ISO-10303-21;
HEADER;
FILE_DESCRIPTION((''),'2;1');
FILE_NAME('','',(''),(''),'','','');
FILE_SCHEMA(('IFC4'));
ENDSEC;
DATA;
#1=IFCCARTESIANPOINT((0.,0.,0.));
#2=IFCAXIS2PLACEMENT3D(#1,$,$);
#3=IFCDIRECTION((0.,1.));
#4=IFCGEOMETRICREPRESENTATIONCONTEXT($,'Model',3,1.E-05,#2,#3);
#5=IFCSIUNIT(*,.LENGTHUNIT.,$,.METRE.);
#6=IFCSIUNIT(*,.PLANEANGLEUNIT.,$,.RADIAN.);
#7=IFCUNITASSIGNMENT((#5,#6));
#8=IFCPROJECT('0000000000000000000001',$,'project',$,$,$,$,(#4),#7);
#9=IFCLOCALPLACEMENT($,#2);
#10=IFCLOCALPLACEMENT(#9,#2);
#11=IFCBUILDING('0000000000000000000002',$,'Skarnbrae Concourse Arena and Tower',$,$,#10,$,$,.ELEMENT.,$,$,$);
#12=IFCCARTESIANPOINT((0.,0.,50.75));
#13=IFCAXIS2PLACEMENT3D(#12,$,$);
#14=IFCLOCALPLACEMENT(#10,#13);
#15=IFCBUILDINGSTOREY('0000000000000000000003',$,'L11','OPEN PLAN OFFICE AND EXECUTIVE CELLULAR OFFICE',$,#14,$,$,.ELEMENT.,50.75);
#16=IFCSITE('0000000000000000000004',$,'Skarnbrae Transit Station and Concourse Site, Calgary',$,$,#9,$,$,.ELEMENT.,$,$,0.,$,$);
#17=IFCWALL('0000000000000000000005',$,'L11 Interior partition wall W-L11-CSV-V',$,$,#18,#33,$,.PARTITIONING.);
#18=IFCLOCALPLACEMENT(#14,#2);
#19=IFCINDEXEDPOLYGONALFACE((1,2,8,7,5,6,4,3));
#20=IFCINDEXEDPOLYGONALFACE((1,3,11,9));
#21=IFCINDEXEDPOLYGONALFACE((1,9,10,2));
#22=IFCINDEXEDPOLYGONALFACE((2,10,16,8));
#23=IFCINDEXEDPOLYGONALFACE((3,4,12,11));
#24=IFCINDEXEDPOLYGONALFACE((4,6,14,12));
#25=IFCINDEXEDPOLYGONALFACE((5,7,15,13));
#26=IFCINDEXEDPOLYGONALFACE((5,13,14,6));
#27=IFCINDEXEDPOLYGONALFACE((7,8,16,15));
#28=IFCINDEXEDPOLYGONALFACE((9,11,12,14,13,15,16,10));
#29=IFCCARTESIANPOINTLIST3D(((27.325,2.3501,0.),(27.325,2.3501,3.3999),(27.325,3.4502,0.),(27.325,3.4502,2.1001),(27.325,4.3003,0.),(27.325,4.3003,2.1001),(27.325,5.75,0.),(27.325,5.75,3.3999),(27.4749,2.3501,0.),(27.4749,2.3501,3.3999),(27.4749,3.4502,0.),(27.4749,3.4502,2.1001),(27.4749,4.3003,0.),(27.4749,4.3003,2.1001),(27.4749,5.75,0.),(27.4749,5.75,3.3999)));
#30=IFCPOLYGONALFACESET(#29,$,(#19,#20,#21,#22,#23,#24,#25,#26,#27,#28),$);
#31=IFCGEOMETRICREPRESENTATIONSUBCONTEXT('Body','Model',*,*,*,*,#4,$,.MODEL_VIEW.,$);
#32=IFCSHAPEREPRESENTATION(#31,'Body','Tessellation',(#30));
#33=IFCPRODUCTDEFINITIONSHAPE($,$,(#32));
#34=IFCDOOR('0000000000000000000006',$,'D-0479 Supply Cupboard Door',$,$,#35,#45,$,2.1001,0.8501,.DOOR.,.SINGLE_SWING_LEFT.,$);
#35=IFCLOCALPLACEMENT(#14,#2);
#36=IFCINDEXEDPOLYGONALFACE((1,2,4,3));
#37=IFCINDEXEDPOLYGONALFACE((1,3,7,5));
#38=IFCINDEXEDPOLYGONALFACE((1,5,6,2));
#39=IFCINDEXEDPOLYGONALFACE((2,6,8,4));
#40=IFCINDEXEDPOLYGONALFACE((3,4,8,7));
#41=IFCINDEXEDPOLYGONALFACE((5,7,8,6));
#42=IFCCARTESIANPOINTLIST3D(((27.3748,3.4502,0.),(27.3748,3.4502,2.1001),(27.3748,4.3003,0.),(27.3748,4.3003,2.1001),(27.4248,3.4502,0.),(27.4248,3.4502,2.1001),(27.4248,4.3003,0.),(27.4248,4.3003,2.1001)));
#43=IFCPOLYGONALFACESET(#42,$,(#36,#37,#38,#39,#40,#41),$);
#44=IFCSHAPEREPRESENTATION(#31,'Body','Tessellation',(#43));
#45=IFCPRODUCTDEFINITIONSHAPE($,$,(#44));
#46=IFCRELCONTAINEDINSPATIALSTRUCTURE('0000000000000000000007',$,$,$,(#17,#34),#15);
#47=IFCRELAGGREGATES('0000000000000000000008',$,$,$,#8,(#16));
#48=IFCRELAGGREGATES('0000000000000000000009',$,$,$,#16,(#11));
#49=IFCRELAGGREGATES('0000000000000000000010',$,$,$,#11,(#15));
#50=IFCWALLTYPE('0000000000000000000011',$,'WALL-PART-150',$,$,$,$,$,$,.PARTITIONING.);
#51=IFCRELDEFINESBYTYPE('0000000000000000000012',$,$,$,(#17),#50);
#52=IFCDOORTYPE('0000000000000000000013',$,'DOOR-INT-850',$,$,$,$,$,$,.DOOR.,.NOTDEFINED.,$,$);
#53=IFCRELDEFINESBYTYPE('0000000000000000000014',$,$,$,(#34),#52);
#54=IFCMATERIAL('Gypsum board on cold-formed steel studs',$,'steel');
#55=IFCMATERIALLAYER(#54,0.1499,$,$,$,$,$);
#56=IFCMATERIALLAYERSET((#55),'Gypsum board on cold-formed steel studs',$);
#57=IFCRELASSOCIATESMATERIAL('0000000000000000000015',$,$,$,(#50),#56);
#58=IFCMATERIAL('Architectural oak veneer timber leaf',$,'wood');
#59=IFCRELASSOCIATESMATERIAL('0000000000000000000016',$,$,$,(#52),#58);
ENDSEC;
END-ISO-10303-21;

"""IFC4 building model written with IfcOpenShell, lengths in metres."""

from ifc_helpers import new_model, si_unit, direction, frame, frame_2d, origin, place, context, subcontext, project, spatial, rectangle, extrude, source, transform, mapped, material, layer, layer_set, type_object, element, fill, save


model = new_model("IFC4")

# Units and contexts
model_context = context("Model", 3, precision=1e-05, world=origin(), true_north=direction((0.0, 1.0)))
body_context = subcontext(model_context, "Body", "Model", "MODEL_VIEW")
ifc_project = project(units=[si_unit("LENGTHUNIT", "METRE"), si_unit("PLANEANGLEUNIT", "RADIAN")], contexts=[model_context])

# Site, building, storey
site_placement = place(None, origin())
site = spatial("IfcSite", under=ifc_project, at=site_placement, Name="Skarnbrae Transit Station and Concourse Site, Calgary", CompositionType="ELEMENT", RefElevation=0.0)
building_placement = place(site_placement, origin())
building = spatial("IfcBuilding", under=site, at=building_placement, Name="Skarnbrae Concourse Arena and Tower", CompositionType="ELEMENT")
storey_placement = place(building_placement, frame((0.0, 0.0, 50.75)))
storey = spatial("IfcBuildingStorey", under=building, at=storey_placement, Name="L11", Description="OPEN PLAN OFFICE AND EXECUTIVE CELLULAR OFFICE", CompositionType="ELEMENT", Elevation=50.75)

# Shared definitions
ifc_material_1 = material(Name="Gypsum board on cold-formed steel studs", Category="steel")
ifc_layer_1 = layer(ifc_material_1, 0.1499)
ifc_layer_set_1 = layer_set([ifc_layer_1], Name="Gypsum board on cold-formed steel studs")
wall_type_1 = type_object("IfcWallType", Name="WALL-PART-150", PredefinedType="PARTITIONING", material=ifc_layer_set_1)

# Wall, opening, door
shared_shape_1 = source(origin(), body_context, "Body", "SweptSolid", [
    extrude(rectangle(XDim=3.3999, YDim=0.1499, at=frame_2d((1.7, 0.0))), origin(), (0.0, 0.0, 1.0), 3.3999),
])
wall_1_placement = place(storey_placement, frame((27.3999, 2.3501, 0.0), z_axis=(0.0, 0.0, 1.0), x_axis=(0.0, 1.0, 0.0)))
wall_1 = element("IfcWall", 1, at=wall_1_placement, inside=storey, type_object=wall_type_1, Name="L11 Interior partition wall W-L11-CSV-V", PredefinedType="PARTITIONING", context=body_context, shape_type="MappedRepresentation", body=[
    mapped(shared_shape_1, transform((0.0, 0.0, 0.0))),
])
opening_1_placement = place(wall_1_placement, frame((1.1001, 0.0, 0.0)))
opening_1 = element("IfcOpeningElement", 2, at=opening_1_placement, cuts=wall_1, PredefinedType="OPENING", context=body_context, shape_type="SweptSolid", body=[
    extrude(rectangle(XDim=0.8501, YDim=2.1001, at=frame_2d((0.425, 1.05))), frame((0.0, 0.085, 0.0), z_axis=(0.0, -1.0, 0.0), x_axis=(1.0, 0.0, 0.0)), (0.0, 0.0, 1.0), 0.1699),
])
ifc_material_2 = material(Name="Architectural oak veneer timber leaf", Category="wood")
door_type_1 = type_object("IfcDoorType", Name="DOOR-INT-850", OperationType="NOTDEFINED", PredefinedType="DOOR", material=ifc_material_2)
shared_shape_2 = source(origin(), body_context, "Body", "SweptSolid", [
    extrude(rectangle(XDim=0.8501, YDim=2.1001, at=frame_2d((0.425, 1.05))), frame((0.0, 0.0249, 0.0), z_axis=(0.0, -1.0, 0.0), x_axis=(1.0, 0.0, 0.0)), (0.0, 0.0, 1.0), 0.05),
])
door_1_placement = place(opening_1_placement, frame((0.8501, 0.0, 0.0), z_axis=(0.0, 0.0, 1.0), x_axis=(-1.0, 0.0, 0.0)))
door_1 = element("IfcDoor", 3, at=door_1_placement, inside=storey, type_object=door_type_1, Name="D-0479 Supply Cupboard Door", OperationType="SINGLE_SWING_LEFT", OverallHeight=2.1001, OverallWidth=0.8501, PredefinedType="DOOR", context=body_context, shape_type="MappedRepresentation", body=[
    mapped(shared_shape_2, transform((0.0, 0.0, 0.0))),
])
fill(opening_1, door_1)

save(model, "model.ifc")
